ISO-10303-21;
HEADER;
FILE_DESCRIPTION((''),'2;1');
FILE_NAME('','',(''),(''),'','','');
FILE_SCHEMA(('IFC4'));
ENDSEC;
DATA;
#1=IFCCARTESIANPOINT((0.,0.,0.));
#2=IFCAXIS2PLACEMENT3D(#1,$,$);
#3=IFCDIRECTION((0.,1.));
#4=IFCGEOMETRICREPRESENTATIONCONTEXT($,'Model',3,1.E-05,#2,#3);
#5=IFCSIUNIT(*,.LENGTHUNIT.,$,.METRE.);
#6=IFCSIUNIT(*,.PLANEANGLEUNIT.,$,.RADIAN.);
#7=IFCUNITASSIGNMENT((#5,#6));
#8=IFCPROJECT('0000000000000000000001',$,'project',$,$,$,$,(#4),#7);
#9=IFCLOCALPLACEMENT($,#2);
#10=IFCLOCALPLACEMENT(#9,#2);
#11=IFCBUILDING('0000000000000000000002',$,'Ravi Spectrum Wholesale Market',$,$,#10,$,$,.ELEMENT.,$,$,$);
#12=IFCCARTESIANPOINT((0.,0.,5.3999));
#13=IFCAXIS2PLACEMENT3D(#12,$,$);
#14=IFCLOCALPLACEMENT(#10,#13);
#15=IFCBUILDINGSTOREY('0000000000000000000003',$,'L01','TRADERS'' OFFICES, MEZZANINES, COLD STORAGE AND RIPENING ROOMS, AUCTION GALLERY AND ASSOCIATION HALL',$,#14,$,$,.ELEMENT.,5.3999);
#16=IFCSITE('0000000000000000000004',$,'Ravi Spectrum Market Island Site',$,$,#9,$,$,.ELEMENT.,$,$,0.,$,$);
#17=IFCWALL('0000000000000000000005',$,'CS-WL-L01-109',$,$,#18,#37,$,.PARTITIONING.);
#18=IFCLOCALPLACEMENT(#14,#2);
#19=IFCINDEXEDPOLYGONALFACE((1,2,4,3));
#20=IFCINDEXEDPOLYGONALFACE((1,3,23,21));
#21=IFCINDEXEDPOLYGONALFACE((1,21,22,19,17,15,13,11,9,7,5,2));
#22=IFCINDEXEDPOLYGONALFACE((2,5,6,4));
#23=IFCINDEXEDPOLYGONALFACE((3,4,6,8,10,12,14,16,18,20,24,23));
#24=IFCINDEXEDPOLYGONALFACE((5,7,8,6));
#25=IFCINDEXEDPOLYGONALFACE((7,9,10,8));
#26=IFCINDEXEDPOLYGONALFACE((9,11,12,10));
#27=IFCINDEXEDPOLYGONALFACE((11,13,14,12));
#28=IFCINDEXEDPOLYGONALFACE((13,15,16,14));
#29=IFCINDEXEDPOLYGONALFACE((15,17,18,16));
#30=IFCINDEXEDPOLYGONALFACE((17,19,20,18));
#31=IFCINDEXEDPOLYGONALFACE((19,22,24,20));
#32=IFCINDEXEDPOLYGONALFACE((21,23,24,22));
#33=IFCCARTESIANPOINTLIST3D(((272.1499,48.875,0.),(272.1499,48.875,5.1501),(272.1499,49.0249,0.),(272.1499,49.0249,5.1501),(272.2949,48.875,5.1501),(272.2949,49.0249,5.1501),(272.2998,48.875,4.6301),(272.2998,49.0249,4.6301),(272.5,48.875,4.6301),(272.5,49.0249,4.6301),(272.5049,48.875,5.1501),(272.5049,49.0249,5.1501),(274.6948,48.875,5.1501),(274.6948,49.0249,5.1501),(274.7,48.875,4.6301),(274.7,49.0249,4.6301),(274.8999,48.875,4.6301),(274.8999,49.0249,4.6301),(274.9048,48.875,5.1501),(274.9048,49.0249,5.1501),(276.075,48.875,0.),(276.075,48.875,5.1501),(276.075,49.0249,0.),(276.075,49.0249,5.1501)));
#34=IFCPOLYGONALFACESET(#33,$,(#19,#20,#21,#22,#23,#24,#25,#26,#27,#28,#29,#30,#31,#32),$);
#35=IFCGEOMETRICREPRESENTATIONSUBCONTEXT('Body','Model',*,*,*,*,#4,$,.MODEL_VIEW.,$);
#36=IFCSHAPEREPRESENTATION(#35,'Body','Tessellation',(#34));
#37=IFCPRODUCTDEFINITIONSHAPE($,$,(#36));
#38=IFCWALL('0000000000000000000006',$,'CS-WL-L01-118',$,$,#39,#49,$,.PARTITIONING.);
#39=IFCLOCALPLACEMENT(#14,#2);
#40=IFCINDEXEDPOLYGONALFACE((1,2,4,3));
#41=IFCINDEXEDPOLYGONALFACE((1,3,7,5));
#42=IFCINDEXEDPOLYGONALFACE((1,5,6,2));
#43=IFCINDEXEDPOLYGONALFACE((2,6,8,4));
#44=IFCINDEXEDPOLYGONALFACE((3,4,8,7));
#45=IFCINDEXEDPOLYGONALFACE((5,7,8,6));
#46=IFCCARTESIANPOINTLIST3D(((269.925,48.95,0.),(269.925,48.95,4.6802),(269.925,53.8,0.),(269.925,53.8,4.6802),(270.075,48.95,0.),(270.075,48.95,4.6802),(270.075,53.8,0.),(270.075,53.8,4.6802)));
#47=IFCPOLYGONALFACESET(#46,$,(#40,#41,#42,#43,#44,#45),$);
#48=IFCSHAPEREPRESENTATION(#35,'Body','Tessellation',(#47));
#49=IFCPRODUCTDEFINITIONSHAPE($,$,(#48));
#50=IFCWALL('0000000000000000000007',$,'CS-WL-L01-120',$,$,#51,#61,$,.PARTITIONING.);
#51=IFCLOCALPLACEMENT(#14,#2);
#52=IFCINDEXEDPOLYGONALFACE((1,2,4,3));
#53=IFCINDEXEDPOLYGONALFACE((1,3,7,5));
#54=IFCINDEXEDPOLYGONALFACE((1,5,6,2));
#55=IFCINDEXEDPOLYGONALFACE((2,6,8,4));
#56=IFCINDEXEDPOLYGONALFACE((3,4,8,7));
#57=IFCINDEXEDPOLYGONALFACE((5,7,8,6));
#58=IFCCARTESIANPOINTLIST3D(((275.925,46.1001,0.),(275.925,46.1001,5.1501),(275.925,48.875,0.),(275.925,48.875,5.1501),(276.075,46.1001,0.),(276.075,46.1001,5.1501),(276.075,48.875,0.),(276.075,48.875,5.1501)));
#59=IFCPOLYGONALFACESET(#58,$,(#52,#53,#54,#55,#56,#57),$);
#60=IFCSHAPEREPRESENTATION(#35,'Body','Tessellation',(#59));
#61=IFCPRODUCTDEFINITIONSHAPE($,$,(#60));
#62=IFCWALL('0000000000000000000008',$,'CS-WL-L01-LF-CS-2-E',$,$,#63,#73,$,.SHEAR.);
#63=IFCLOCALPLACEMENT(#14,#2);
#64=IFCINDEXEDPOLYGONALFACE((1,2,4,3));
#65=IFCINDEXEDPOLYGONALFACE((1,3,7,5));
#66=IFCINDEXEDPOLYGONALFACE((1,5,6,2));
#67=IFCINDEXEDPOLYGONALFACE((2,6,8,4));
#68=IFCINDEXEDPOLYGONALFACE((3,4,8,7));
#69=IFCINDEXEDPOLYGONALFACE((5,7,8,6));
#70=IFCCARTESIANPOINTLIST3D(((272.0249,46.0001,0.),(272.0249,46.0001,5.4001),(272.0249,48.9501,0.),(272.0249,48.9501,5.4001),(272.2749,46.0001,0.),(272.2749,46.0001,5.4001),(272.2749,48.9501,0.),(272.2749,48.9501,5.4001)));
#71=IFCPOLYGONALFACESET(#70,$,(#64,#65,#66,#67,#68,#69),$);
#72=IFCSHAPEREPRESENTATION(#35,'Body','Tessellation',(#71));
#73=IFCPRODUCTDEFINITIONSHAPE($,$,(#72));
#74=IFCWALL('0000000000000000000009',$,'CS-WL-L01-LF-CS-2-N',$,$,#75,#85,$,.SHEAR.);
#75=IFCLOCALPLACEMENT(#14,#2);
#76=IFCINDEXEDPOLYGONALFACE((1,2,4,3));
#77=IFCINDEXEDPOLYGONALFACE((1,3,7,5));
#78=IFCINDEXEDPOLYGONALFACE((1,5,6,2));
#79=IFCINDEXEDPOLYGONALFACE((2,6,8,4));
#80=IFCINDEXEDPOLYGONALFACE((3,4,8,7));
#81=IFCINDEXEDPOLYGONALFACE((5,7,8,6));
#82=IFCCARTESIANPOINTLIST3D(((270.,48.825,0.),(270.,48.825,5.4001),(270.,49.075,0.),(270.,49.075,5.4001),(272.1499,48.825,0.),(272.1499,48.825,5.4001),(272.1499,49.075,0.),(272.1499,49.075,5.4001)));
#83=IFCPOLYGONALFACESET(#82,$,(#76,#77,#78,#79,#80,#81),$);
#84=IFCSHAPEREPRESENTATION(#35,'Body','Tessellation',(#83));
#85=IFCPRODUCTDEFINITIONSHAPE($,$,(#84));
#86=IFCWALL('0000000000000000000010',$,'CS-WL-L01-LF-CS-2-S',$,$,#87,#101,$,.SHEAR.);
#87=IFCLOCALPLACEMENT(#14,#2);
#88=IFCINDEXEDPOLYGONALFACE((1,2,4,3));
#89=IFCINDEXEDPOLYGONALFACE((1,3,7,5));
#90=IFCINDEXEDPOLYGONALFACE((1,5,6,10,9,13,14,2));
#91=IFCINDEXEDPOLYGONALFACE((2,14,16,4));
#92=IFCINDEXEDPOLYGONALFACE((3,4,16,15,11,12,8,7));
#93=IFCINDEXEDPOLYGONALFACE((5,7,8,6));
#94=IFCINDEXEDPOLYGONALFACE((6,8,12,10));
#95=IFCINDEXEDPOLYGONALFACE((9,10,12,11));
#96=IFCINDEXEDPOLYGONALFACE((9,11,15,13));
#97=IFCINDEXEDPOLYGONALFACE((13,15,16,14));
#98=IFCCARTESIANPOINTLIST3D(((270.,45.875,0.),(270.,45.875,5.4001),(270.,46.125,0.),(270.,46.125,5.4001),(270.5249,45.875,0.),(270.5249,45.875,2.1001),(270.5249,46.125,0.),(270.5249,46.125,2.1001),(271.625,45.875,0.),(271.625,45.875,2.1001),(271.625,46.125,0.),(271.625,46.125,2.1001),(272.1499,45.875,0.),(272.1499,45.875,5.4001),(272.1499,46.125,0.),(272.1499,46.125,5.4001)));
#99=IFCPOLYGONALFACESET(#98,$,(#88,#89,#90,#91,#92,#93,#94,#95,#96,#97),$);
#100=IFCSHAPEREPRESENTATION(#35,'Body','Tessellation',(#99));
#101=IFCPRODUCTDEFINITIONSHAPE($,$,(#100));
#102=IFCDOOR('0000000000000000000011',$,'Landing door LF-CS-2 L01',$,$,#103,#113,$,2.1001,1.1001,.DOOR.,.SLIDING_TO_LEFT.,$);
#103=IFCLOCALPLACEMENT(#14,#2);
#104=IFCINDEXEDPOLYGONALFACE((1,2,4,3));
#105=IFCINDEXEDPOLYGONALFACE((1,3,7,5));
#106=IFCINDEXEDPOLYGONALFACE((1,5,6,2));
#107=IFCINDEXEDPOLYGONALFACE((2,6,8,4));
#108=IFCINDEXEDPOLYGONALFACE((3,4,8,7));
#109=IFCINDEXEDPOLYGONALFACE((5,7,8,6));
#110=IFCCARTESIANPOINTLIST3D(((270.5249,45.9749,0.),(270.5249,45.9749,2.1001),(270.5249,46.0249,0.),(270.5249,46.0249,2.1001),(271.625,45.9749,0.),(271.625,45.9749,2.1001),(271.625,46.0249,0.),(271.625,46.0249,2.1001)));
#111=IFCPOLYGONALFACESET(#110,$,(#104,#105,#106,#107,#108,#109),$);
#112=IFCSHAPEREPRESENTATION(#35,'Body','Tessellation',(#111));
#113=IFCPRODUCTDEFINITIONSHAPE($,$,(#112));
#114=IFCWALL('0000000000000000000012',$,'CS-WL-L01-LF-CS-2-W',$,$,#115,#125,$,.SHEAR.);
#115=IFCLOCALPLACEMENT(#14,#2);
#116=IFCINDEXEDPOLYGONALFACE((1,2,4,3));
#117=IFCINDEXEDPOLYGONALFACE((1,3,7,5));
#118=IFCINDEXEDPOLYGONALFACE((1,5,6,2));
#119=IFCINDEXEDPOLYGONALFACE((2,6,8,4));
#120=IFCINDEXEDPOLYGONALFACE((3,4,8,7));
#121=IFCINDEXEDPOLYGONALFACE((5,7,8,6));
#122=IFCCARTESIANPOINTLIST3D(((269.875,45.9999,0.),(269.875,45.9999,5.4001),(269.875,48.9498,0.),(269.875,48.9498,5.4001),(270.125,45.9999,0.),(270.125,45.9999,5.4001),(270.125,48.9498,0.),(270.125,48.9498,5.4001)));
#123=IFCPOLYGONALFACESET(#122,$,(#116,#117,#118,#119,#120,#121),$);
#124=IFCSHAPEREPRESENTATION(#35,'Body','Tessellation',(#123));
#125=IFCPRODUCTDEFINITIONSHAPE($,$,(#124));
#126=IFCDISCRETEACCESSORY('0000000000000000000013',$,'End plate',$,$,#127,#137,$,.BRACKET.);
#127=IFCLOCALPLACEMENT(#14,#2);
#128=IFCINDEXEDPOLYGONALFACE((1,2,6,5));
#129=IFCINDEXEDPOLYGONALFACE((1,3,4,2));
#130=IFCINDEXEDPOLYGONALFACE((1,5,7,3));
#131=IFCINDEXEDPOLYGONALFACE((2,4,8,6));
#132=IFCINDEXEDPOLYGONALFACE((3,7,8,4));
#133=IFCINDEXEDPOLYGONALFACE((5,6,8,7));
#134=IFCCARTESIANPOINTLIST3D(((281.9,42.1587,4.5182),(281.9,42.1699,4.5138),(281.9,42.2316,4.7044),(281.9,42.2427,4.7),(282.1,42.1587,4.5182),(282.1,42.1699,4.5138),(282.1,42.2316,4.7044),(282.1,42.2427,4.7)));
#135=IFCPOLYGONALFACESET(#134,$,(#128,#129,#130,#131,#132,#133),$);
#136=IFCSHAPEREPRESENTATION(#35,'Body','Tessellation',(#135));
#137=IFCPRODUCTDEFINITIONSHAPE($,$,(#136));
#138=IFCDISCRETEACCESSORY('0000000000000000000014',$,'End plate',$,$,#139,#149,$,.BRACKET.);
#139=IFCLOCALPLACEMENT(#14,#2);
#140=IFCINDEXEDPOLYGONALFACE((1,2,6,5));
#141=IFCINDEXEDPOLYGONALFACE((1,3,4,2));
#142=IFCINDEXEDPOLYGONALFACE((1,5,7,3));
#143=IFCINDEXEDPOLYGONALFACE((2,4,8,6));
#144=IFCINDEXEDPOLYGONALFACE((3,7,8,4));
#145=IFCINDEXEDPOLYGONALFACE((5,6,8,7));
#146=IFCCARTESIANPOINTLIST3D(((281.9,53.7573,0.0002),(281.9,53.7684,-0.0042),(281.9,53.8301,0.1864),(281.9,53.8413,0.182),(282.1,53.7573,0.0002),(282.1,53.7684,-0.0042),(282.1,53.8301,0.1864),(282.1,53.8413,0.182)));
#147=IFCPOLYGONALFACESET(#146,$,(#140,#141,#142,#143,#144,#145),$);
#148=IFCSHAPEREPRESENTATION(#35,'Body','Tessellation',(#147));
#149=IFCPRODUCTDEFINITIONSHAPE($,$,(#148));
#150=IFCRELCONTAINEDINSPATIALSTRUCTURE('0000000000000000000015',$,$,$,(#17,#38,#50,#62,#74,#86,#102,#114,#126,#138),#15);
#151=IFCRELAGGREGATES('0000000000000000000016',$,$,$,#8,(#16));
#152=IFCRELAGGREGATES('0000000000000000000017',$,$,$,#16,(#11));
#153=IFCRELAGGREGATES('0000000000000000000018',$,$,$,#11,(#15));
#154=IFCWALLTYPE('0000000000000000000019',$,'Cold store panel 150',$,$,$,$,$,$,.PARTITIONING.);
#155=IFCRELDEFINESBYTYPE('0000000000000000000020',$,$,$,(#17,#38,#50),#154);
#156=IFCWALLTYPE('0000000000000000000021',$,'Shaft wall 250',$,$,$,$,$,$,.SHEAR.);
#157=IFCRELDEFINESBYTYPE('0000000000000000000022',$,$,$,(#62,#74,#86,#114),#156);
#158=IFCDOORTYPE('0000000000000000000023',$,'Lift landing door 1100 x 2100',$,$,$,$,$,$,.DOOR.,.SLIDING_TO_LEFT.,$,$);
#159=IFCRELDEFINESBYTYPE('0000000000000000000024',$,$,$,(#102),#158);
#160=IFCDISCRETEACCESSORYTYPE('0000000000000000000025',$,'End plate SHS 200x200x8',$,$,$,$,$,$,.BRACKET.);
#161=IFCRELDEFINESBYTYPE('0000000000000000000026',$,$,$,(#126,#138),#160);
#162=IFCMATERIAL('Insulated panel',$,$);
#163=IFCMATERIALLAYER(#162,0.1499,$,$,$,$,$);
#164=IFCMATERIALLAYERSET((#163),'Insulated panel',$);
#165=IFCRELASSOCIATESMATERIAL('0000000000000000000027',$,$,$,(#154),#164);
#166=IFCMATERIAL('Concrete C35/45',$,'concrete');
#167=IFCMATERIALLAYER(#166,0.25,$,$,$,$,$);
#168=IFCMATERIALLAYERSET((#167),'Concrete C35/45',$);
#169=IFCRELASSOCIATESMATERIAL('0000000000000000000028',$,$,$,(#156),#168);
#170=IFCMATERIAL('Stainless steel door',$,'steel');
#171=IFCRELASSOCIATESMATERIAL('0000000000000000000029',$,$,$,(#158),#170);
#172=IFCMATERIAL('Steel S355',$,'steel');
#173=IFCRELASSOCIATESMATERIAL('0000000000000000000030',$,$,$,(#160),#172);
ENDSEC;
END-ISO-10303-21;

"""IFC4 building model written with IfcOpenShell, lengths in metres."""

from ifc_helpers import new_model, si_unit, direction, frame, frame_2d, origin, origin_2d, place, context, subcontext, project, spatial, polyline, rectangle, outline, extrude, material, layer, layer_set, material_profile, profile_set, type_object, element, fill, save


model = new_model("IFC4")

# Units and contexts
model_context = context("Model", 3, precision=1e-05, world=origin(), true_north=direction((0.0, 1.0)))
body_context = subcontext(model_context, "Body", "Model", "MODEL_VIEW")
ifc_project = project(units=[si_unit("LENGTHUNIT", "METRE"), si_unit("PLANEANGLEUNIT", "RADIAN")], contexts=[model_context])

# Site, building, storey
site_placement = place(None, origin())
site = spatial("IfcSite", under=ifc_project, at=site_placement, Name="Ravi Spectrum Market Island Site", CompositionType="ELEMENT", RefElevation=0.0)
building_placement = place(site_placement, origin())
building = spatial("IfcBuilding", under=site, at=building_placement, Name="Ravi Spectrum Wholesale Market", CompositionType="ELEMENT")
storey_placement = place(building_placement, frame((0.0, 0.0, 5.3999)))
storey = spatial("IfcBuildingStorey", under=building, at=storey_placement, Name="L01", Description="TRADERS' OFFICES, MEZZANINES, COLD STORAGE AND RIPENING ROOMS, AUCTION GALLERY AND ASSOCIATION HALL", CompositionType="ELEMENT", Elevation=5.3999)

# Shared definitions
ifc_material_1 = material(Name="Insulated panel")
ifc_layer_1 = layer(ifc_material_1, 0.1499)
ifc_layer_set_1 = layer_set([ifc_layer_1], Name="Insulated panel")
wall_type_1 = type_object("IfcWallType", Name="Cold store panel 150", PredefinedType="PARTITIONING", material=ifc_layer_set_1)

# Walls
wall_1_placement = place(storey_placement, frame((272.1499, 48.95, 0.0), z_axis=(0.0, 0.0, 1.0), x_axis=(1.0, 0.0, 0.0)))
element("IfcWall", 1, at=wall_1_placement, inside=storey, type_object=wall_type_1, Name="CS-WL-L01-109", PredefinedType="PARTITIONING", context=body_context, shape_type="SweptSolid", body=[
    extrude(outline(polyline([(0.0, 0.0), (3.925, 0.0), (3.925, 5.1501), (2.7549, 5.1501), (2.75, 4.6301), (2.55, 4.6301), (2.5449, 5.1501), (0.355, 5.1501), (0.3501, 4.6301), (0.1499, 4.6301), (0.145, 5.1501), (0.0, 5.1501), (0.0, 0.0)])), frame((0.0, 0.075, 0.0), z_axis=(0.0, -1.0, 0.0), x_axis=(1.0, 0.0, 0.0)), (0.0, 0.0, 1.0), 0.1499),
])
wall_2_placement = place(storey_placement, frame((270.0, 48.95, 0.0), z_axis=(0.0, 0.0, 1.0), x_axis=(0.0, 1.0, 0.0)))
element("IfcWall", 2, at=wall_2_placement, inside=storey, type_object=wall_type_1, Name="CS-WL-L01-118", PredefinedType="PARTITIONING", context=body_context, shape_type="SweptSolid", body=[
    extrude(rectangle(XDim=4.8501, YDim=0.1499, at=frame_2d((2.425, 0.0))), origin(), (0.0, 0.0, 1.0), 4.6802),
])
wall_3_placement = place(storey_placement, frame((276.0, 46.1001, 0.0), z_axis=(0.0, 0.0, 1.0), x_axis=(0.0, 1.0, 0.0)))
element("IfcWall", 3, at=wall_3_placement, inside=storey, type_object=wall_type_1, Name="CS-WL-L01-120", PredefinedType="PARTITIONING", context=body_context, shape_type="SweptSolid", body=[
    extrude(rectangle(XDim=2.7749, YDim=0.1499, at=frame_2d((1.3875, 0.0))), origin(), (0.0, 0.0, 1.0), 5.1501),
])
ifc_material_2 = material(Name="Concrete C35/45", Category="concrete")
ifc_layer_2 = layer(ifc_material_2, 0.25)
ifc_layer_set_2 = layer_set([ifc_layer_2], Name="Concrete C35/45")
wall_type_2 = type_object("IfcWallType", Name="Shaft wall 250", PredefinedType="SHEAR", material=ifc_layer_set_2)
wall_4_placement = place(storey_placement, frame((272.1499, 46.0, 0.0), z_axis=(0.0, 0.0, 1.0), x_axis=(0.0, 1.0, 0.0)))
element("IfcWall", 4, at=wall_4_placement, inside=storey, type_object=wall_type_2, Name="CS-WL-L01-LF-CS-2-E", PredefinedType="SHEAR", context=body_context, shape_type="SweptSolid", body=[
    extrude(rectangle(XDim=2.95, YDim=0.25, at=frame_2d((1.4751, 0.0))), origin(), (0.0, 0.0, 1.0), 5.4001),
])
wall_5_placement = place(storey_placement, frame((272.1499, 48.95, 0.0), z_axis=(0.0, 0.0, 1.0), x_axis=(-1.0, 0.0, 0.0)))
element("IfcWall", 5, at=wall_5_placement, inside=storey, type_object=wall_type_2, Name="CS-WL-L01-LF-CS-2-N", PredefinedType="SHEAR", context=body_context, shape_type="SweptSolid", body=[
    extrude(rectangle(XDim=2.1499, YDim=0.25, at=frame_2d((1.075, 0.0))), origin(), (0.0, 0.0, 1.0), 5.4001),
])

# Wall, opening, door
wall_6_placement = place(storey_placement, frame((270.0, 46.0, 0.0), z_axis=(0.0, 0.0, 1.0), x_axis=(1.0, 0.0, 0.0)))
wall_6 = element("IfcWall", 6, at=wall_6_placement, inside=storey, type_object=wall_type_2, Name="CS-WL-L01-LF-CS-2-S", PredefinedType="SHEAR", context=body_context, shape_type="SweptSolid", body=[
    extrude(rectangle(XDim=2.1499, YDim=0.25, at=frame_2d((1.075, 0.0))), origin(), (0.0, 0.0, 1.0), 5.4001),
])
opening_1_placement = place(wall_6_placement, frame((0.5249, 0.0, 0.0)))
opening_1 = element("IfcOpeningElement", 7, at=opening_1_placement, cuts=wall_6, PredefinedType="OPENING", context=body_context, shape_type="SweptSolid", body=[
    extrude(rectangle(XDim=1.1001, YDim=2.1001, at=frame_2d((0.55, 1.05))), frame((0.0, 0.135, 0.0), z_axis=(0.0, -1.0, 0.0), x_axis=(1.0, 0.0, 0.0)), (0.0, 0.0, 1.0), 0.27),
])
ifc_material_3 = material(Name="Stainless steel door", Category="steel")
door_type_1 = type_object("IfcDoorType", Name="Lift landing door 1100 x 2100", OperationType="SLIDING_TO_LEFT", PredefinedType="DOOR", material=ifc_material_3)
door_1_placement = place(opening_1_placement, origin())
door_1 = element("IfcDoor", 8, at=door_1_placement, inside=storey, type_object=door_type_1, Name="Landing door LF-CS-2 L01", OperationType="SLIDING_TO_LEFT", OverallHeight=2.1001, OverallWidth=1.1001, PredefinedType="DOOR", context=body_context, shape_type="SweptSolid", body=[
    extrude(rectangle(XDim=1.1001, YDim=2.1001, at=frame_2d((0.55, 1.05))), frame((0.0, 0.0249, 0.0), z_axis=(0.0, -1.0, 0.0), x_axis=(1.0, 0.0, 0.0)), (0.0, 0.0, 1.0), 0.05),
])
fill(opening_1, door_1)

# Wall
wall_7_placement = place(storey_placement, frame((270.0, 48.95, 0.0), z_axis=(0.0, 0.0, 1.0), x_axis=(0.0, -1.0, 0.0)))
element("IfcWall", 9, at=wall_7_placement, inside=storey, type_object=wall_type_2, Name="CS-WL-L01-LF-CS-2-W", PredefinedType="SHEAR", context=body_context, shape_type="SweptSolid", body=[
    extrude(rectangle(XDim=2.95, YDim=0.25, at=frame_2d((1.4751, 0.0))), origin(), (0.0, 0.0, 1.0), 5.4001),
])

# Discrete accessories
ifc_material_4 = material(Name="Steel S355", Category="steel")
ifc_material_profile_1 = material_profile(ifc_material_4, rectangle(XDim=0.2, YDim=0.2, at=origin_2d()))
ifc_profile_set_1 = profile_set([ifc_material_profile_1], Name="Steel S355")
discrete_accessory_type = type_object("IfcDiscreteAccessoryType", Name="End plate SHS 200x200x8", PredefinedType="BRACKET", material=ifc_profile_set_1)
for number, where, z_axis, x_axis, name in (
    (10, (282.0, 42.2063, 4.6069), (0.0, -0.931243, 0.364399), (1.0, 0.0, 0.0), "End plate"),
    (11, (282.0, 53.7937, 0.0933), (0.0, 0.931243, -0.364399), (-1.0, 0.0, 0.0), "End plate"),
):
    element("IfcDiscreteAccessory", number, at=place(storey_placement, frame(where, z_axis=z_axis, x_axis=x_axis)), inside=storey, type_object=discrete_accessory_type, Name=name, PredefinedType="BRACKET", context=body_context, shape_type="SweptSolid", body=[
        extrude(rectangle(XDim=0.2, YDim=0.2, at=origin_2d()), origin(), (0.0, 0.0, 1.0), 0.012),
    ])

save(model, "model.ifc")
